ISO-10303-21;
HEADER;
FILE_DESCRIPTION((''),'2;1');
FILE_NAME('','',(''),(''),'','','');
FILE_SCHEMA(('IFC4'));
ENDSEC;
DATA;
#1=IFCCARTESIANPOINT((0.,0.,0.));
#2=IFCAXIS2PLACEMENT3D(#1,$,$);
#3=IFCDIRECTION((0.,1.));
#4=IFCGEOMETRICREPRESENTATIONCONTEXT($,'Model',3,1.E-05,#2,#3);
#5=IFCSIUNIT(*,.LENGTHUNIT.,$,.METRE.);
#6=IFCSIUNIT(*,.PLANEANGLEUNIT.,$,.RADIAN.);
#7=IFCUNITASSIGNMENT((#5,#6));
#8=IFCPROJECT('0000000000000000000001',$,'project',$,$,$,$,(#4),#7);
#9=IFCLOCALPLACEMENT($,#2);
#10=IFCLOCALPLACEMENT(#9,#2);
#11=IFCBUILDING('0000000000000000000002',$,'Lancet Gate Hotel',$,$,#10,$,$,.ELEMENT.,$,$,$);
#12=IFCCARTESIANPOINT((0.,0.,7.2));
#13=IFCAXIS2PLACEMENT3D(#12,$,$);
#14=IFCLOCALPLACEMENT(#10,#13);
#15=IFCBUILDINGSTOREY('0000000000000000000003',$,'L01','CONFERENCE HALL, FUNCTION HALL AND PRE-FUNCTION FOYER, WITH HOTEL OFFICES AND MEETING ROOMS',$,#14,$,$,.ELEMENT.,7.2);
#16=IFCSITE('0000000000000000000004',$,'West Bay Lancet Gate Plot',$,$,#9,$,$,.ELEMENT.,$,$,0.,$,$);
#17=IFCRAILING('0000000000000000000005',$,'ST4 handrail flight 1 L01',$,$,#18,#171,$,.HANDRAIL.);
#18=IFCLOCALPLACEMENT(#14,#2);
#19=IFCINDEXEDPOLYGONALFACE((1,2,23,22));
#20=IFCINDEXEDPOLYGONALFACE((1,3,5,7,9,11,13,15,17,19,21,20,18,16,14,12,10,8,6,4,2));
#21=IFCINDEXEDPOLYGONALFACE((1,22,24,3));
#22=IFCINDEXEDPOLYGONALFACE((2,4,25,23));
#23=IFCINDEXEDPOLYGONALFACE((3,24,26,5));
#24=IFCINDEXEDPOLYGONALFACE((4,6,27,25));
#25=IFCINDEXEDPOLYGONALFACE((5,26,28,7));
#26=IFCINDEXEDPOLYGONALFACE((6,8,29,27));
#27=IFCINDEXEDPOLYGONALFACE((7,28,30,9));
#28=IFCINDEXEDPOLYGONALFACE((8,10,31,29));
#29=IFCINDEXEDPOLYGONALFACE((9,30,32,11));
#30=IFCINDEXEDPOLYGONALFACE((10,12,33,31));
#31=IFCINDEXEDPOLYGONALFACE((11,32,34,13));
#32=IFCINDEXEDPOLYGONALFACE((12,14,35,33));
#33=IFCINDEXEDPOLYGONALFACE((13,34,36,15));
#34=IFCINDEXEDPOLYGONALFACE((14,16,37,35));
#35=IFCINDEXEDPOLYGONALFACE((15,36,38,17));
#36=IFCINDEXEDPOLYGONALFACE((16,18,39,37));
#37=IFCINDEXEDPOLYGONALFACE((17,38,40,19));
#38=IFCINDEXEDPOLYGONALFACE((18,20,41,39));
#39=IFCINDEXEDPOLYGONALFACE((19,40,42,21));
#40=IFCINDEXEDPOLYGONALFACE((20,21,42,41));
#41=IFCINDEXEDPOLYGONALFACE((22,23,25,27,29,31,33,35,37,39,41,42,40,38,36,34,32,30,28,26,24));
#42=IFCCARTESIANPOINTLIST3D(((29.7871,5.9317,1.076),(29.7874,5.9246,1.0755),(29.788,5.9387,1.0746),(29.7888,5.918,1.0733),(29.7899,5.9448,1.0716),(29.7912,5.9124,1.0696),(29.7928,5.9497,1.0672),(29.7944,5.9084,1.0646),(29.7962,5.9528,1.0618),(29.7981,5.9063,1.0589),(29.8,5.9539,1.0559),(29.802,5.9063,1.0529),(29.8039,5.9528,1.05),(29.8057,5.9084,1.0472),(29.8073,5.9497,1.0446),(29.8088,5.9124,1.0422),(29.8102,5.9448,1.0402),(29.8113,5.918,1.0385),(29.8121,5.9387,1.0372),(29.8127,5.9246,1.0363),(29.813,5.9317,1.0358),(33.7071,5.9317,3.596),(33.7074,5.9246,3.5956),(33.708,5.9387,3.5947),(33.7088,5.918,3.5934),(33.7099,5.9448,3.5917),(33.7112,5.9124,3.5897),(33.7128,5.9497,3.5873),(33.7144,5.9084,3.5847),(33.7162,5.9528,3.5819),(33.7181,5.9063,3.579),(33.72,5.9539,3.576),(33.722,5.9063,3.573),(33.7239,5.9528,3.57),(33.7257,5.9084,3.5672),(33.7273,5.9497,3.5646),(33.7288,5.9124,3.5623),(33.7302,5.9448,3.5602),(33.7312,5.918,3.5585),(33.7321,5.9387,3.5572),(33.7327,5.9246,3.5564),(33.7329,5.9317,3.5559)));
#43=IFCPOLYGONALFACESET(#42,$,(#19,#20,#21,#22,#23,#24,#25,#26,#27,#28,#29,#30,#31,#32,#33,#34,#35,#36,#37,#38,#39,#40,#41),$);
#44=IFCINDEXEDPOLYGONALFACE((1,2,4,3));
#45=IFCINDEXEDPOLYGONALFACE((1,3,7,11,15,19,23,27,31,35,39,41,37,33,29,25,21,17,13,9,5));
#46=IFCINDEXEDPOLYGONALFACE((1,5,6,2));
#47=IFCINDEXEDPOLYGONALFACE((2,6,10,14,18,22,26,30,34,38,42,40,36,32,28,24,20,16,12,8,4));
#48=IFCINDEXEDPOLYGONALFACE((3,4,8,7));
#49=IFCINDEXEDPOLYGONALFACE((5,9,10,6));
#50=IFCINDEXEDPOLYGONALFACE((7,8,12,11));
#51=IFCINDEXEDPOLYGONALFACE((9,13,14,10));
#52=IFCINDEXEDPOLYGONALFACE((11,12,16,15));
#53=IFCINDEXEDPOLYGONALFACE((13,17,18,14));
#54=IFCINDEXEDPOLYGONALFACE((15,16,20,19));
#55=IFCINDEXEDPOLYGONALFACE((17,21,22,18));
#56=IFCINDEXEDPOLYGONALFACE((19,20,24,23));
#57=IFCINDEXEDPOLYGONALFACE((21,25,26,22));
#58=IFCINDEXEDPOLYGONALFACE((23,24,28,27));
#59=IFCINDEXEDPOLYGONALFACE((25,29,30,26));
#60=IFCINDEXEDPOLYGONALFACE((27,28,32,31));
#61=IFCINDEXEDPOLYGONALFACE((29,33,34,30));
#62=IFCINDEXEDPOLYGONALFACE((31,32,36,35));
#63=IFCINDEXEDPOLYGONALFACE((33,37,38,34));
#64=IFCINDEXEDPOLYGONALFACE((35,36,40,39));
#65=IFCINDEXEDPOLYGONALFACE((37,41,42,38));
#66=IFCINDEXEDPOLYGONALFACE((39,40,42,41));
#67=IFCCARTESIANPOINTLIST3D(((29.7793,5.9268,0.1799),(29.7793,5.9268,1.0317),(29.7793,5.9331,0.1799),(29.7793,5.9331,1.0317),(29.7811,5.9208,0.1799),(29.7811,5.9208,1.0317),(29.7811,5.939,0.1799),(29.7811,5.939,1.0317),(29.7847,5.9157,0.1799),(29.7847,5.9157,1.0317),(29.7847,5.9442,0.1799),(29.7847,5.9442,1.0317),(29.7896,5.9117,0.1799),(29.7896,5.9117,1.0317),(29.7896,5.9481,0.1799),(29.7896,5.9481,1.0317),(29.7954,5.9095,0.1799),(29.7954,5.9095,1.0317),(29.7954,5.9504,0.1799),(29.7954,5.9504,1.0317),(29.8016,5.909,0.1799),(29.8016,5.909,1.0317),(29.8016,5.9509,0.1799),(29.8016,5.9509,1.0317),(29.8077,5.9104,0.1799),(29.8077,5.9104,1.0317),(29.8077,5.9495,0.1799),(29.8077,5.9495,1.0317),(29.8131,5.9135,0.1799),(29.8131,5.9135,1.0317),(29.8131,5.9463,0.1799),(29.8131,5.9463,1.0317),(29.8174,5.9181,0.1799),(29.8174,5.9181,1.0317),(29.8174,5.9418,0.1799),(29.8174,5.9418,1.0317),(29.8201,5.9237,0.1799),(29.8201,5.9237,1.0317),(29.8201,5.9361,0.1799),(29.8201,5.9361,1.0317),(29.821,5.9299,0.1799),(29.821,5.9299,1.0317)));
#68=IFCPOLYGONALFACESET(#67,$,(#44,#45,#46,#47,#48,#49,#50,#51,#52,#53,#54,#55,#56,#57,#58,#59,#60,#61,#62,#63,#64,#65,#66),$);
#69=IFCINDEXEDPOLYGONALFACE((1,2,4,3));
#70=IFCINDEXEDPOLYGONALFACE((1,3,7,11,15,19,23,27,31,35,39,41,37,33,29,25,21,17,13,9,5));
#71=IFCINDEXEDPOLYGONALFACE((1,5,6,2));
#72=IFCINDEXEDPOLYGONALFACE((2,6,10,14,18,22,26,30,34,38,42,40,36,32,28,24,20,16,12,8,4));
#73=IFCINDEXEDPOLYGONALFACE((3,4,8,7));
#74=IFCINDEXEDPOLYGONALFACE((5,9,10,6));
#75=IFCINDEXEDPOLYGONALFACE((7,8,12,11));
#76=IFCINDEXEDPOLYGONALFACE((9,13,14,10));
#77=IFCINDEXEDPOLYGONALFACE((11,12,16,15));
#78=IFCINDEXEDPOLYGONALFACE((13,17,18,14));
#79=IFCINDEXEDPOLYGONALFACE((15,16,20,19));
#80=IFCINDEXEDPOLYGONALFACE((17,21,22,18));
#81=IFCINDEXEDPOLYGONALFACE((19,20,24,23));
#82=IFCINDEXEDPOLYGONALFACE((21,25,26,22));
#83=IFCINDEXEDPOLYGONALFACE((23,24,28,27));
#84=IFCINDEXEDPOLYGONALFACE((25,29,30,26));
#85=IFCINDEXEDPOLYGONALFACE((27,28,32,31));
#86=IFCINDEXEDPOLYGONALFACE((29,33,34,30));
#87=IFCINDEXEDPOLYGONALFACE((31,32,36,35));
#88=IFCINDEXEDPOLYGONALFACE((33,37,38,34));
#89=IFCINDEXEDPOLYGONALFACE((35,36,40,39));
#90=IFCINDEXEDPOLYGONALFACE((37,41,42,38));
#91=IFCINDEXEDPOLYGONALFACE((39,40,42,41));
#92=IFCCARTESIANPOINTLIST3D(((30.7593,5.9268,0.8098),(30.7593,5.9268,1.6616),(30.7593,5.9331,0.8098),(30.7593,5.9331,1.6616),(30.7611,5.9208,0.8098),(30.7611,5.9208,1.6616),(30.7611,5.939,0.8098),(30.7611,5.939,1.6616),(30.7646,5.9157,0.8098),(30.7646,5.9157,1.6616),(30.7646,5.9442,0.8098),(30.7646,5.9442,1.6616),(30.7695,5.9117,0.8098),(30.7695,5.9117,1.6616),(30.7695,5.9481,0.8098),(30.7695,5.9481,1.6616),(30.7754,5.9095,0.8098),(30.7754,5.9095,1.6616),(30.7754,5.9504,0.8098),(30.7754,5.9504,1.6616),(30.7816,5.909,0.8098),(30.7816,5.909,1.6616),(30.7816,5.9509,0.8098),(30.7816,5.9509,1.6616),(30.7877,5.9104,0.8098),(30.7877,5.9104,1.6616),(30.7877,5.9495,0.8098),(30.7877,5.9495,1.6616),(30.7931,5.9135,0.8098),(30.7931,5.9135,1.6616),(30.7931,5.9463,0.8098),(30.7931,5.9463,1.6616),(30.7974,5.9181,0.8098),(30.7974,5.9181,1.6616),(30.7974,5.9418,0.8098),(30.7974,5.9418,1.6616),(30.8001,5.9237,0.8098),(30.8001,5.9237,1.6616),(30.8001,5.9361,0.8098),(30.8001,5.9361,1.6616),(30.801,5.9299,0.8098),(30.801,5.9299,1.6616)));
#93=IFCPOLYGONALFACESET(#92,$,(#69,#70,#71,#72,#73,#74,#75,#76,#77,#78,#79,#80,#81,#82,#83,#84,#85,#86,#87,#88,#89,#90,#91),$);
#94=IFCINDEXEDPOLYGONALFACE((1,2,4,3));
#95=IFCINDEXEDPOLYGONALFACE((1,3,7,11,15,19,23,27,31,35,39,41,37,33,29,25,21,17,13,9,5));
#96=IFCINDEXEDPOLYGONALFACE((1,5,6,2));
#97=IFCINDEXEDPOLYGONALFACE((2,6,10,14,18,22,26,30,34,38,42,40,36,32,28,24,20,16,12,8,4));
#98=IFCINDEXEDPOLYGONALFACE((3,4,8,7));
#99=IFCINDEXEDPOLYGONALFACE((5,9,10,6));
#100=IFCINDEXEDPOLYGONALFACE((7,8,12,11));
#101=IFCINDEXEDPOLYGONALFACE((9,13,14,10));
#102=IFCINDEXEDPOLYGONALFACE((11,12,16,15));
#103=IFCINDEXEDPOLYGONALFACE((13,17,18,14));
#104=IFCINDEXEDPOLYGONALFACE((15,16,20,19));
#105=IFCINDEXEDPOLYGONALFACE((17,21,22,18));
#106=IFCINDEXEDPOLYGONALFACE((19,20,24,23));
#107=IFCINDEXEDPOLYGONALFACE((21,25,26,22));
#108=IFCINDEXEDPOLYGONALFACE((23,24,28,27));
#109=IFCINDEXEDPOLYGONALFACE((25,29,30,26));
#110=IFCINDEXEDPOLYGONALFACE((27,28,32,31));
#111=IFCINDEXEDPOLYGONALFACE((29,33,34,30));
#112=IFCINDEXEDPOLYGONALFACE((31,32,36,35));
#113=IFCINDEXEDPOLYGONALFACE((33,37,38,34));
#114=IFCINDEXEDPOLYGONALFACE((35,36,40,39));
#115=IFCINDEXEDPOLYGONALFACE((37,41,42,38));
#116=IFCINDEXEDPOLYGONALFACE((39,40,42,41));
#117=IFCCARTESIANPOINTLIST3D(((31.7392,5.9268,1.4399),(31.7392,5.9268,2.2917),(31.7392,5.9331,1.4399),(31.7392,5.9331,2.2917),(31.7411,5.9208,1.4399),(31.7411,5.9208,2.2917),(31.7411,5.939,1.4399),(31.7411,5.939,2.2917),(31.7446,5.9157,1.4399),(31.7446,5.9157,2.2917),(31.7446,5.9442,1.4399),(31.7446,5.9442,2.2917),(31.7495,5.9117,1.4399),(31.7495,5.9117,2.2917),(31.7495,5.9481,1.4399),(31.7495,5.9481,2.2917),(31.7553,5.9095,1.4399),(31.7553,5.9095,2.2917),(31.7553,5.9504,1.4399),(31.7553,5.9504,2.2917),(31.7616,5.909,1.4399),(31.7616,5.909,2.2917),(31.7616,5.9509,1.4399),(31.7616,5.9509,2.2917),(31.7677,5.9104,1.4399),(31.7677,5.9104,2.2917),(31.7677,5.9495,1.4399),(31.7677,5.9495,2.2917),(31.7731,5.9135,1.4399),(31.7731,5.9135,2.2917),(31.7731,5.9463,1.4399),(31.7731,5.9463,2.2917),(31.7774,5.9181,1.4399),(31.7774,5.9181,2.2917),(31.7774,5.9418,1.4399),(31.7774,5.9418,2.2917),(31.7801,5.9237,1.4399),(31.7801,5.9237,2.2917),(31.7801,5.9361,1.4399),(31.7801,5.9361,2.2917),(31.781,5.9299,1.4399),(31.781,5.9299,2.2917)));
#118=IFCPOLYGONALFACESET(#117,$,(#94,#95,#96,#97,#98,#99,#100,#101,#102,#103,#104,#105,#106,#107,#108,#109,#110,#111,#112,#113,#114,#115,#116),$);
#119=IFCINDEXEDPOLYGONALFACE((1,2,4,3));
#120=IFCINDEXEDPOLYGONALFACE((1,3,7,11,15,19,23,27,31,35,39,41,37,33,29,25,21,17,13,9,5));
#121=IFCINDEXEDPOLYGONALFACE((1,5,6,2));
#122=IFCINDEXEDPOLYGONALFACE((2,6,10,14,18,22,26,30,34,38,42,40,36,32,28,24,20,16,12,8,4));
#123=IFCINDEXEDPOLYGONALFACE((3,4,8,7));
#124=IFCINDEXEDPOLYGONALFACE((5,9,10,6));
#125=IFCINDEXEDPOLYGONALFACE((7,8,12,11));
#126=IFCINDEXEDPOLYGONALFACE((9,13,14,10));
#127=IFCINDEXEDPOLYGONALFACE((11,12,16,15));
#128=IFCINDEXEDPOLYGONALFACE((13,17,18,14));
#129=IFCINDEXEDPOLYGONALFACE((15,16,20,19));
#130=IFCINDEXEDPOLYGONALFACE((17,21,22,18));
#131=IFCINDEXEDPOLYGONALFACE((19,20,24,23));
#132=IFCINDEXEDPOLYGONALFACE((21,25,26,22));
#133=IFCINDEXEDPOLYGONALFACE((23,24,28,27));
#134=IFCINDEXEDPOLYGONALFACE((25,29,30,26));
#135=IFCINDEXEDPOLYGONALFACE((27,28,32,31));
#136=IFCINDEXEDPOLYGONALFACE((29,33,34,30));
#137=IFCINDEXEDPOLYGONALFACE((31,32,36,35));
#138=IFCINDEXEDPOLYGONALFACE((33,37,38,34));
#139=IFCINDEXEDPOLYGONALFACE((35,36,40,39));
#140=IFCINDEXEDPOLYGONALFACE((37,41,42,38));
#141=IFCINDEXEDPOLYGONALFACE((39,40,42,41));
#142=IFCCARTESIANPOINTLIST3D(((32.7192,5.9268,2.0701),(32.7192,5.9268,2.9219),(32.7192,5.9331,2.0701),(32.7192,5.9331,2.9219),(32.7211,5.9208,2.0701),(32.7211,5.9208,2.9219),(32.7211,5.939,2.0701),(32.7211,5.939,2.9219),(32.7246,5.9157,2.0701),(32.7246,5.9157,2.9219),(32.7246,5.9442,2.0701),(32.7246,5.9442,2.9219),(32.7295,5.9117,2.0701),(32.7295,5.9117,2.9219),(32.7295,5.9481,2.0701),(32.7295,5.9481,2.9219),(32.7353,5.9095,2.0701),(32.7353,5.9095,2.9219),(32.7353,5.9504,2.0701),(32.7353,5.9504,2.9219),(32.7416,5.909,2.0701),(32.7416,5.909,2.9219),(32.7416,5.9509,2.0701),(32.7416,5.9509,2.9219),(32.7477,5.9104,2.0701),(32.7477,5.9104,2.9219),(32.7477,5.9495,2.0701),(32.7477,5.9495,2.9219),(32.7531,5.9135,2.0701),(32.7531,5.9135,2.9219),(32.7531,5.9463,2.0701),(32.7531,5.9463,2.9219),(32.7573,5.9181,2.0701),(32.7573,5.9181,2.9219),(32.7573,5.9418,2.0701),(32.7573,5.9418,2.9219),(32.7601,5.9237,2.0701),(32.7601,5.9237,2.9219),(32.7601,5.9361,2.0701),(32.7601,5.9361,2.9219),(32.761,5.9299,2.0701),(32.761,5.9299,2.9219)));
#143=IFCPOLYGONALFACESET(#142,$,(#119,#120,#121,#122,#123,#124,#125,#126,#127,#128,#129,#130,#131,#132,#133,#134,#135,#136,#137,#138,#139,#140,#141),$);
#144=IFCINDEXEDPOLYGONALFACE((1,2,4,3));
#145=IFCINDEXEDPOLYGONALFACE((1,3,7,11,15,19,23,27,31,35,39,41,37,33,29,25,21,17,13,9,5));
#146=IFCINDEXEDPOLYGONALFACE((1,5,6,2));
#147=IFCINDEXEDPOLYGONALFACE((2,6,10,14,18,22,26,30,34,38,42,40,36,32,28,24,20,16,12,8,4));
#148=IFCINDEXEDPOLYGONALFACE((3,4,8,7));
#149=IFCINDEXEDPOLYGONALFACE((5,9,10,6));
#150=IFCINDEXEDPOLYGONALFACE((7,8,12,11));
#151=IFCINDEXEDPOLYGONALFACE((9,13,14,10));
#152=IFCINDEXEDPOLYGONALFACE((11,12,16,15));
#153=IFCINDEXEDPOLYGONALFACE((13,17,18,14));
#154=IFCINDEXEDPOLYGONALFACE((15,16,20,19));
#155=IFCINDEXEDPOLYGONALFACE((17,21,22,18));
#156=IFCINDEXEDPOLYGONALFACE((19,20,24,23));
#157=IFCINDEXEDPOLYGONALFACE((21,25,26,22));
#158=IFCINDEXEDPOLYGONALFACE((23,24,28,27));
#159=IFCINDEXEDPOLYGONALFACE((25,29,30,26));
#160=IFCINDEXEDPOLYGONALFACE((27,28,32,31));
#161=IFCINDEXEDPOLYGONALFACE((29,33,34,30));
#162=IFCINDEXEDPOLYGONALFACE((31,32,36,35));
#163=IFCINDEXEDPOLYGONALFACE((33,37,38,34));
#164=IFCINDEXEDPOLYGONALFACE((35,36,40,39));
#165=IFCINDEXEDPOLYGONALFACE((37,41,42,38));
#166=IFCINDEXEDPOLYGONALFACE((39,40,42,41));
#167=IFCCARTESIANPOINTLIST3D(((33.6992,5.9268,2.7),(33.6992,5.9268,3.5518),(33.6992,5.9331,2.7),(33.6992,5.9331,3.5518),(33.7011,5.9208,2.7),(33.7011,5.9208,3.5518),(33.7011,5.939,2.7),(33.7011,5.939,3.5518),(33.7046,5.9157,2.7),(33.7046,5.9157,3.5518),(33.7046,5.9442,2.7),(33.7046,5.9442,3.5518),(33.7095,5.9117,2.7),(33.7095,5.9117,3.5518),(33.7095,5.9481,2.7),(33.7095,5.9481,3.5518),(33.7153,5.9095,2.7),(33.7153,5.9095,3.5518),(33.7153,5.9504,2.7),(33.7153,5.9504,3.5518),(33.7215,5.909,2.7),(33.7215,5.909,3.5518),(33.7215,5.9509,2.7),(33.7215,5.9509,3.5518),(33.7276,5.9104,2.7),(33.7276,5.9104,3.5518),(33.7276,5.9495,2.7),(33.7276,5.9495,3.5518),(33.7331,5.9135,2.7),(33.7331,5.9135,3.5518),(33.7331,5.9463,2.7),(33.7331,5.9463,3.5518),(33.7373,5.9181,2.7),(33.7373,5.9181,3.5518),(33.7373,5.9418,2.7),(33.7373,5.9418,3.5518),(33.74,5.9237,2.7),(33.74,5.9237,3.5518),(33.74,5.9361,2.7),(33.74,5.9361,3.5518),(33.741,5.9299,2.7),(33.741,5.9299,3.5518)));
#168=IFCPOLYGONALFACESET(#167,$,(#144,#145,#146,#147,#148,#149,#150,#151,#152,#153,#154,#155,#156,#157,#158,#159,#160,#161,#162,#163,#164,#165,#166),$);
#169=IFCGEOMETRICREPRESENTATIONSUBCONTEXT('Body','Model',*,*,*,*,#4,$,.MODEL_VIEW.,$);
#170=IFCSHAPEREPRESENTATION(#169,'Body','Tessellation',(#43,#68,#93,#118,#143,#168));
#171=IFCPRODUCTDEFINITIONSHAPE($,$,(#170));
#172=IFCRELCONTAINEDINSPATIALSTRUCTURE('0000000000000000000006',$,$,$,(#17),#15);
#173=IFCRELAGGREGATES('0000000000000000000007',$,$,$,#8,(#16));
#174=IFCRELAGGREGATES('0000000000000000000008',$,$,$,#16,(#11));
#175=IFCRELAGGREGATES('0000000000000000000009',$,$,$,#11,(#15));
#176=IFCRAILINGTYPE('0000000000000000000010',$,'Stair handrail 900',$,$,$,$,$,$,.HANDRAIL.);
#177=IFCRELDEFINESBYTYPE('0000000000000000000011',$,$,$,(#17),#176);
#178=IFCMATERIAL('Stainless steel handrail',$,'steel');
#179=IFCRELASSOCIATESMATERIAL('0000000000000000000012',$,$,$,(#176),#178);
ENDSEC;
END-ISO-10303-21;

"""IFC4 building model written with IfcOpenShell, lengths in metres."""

from ifc_helpers import new_model, si_unit, direction, frame, origin, origin_2d, place, context, subcontext, project, spatial, circle, extrude, material, type_object, element, save


model = new_model("IFC4")

# Units and contexts
model_context = context("Model", 3, precision=1e-05, world=origin(), true_north=direction((0.0, 1.0)))
body_context = subcontext(model_context, "Body", "Model", "MODEL_VIEW")
ifc_project = project(units=[si_unit("LENGTHUNIT", "METRE"), si_unit("PLANEANGLEUNIT", "RADIAN")], contexts=[model_context])

# Site, building, storey
site_placement = place(None, origin())
site = spatial("IfcSite", under=ifc_project, at=site_placement, Name="West Bay Lancet Gate Plot", CompositionType="ELEMENT", RefElevation=0.0)
building_placement = place(site_placement, origin())
building = spatial("IfcBuilding", under=site, at=building_placement, Name="Lancet Gate Hotel", CompositionType="ELEMENT")
storey_placement = place(building_placement, frame((0.0, 0.0, 7.2)))
storey = spatial("IfcBuildingStorey", under=building, at=storey_placement, Name="L01", Description="CONFERENCE HALL, FUNCTION HALL AND PRE-FUNCTION FOYER, WITH HOTEL OFFICES AND MEETING ROOMS", CompositionType="ELEMENT", Elevation=7.2)

# Railing
ifc_material_1 = material(Name="Stainless steel handrail", Category="steel")
railing_type = type_object("IfcRailingType", Name="Stair handrail 900", PredefinedType="HANDRAIL", material=ifc_material_1)
railing_placement = place(storey_placement, frame((29.8, 5.9299, 0.1799)))
element("IfcRailing", 1, at=railing_placement, inside=storey, type_object=railing_type, Name="ST4 handrail flight 1 L01", PredefinedType="HANDRAIL", context=body_context, shape_type="SweptSolid", body=[
    extrude(circle(Radius=0.0239, at=origin_2d()), frame((0.0, 0.0, 0.876), z_axis=(0.841172, 0.0, 0.540768), x_axis=(0.0, 1.0, 0.0)), (0.0, 0.0, 1.0), 4.6602),
    extrude(circle(Radius=0.021, at=origin_2d()), origin(), (0.0, 0.0, 1.0), 0.8518),
    extrude(circle(Radius=0.021, at=origin_2d()), frame((0.98, 0.0, 0.6299)), (0.0, 0.0, 1.0), 0.8518),
    extrude(circle(Radius=0.021, at=origin_2d()), frame((1.96, 0.0, 1.26)), (0.0, 0.0, 1.0), 0.8518),
    extrude(circle(Radius=0.021, at=origin_2d()), frame((2.9399, 0.0, 1.8901)), (0.0, 0.0, 1.0), 0.8518),
    extrude(circle(Radius=0.021, at=origin_2d()), frame((3.9199, 0.0, 2.52)), (0.0, 0.0, 1.0), 0.8518),
])

save(model, "model.ifc")
